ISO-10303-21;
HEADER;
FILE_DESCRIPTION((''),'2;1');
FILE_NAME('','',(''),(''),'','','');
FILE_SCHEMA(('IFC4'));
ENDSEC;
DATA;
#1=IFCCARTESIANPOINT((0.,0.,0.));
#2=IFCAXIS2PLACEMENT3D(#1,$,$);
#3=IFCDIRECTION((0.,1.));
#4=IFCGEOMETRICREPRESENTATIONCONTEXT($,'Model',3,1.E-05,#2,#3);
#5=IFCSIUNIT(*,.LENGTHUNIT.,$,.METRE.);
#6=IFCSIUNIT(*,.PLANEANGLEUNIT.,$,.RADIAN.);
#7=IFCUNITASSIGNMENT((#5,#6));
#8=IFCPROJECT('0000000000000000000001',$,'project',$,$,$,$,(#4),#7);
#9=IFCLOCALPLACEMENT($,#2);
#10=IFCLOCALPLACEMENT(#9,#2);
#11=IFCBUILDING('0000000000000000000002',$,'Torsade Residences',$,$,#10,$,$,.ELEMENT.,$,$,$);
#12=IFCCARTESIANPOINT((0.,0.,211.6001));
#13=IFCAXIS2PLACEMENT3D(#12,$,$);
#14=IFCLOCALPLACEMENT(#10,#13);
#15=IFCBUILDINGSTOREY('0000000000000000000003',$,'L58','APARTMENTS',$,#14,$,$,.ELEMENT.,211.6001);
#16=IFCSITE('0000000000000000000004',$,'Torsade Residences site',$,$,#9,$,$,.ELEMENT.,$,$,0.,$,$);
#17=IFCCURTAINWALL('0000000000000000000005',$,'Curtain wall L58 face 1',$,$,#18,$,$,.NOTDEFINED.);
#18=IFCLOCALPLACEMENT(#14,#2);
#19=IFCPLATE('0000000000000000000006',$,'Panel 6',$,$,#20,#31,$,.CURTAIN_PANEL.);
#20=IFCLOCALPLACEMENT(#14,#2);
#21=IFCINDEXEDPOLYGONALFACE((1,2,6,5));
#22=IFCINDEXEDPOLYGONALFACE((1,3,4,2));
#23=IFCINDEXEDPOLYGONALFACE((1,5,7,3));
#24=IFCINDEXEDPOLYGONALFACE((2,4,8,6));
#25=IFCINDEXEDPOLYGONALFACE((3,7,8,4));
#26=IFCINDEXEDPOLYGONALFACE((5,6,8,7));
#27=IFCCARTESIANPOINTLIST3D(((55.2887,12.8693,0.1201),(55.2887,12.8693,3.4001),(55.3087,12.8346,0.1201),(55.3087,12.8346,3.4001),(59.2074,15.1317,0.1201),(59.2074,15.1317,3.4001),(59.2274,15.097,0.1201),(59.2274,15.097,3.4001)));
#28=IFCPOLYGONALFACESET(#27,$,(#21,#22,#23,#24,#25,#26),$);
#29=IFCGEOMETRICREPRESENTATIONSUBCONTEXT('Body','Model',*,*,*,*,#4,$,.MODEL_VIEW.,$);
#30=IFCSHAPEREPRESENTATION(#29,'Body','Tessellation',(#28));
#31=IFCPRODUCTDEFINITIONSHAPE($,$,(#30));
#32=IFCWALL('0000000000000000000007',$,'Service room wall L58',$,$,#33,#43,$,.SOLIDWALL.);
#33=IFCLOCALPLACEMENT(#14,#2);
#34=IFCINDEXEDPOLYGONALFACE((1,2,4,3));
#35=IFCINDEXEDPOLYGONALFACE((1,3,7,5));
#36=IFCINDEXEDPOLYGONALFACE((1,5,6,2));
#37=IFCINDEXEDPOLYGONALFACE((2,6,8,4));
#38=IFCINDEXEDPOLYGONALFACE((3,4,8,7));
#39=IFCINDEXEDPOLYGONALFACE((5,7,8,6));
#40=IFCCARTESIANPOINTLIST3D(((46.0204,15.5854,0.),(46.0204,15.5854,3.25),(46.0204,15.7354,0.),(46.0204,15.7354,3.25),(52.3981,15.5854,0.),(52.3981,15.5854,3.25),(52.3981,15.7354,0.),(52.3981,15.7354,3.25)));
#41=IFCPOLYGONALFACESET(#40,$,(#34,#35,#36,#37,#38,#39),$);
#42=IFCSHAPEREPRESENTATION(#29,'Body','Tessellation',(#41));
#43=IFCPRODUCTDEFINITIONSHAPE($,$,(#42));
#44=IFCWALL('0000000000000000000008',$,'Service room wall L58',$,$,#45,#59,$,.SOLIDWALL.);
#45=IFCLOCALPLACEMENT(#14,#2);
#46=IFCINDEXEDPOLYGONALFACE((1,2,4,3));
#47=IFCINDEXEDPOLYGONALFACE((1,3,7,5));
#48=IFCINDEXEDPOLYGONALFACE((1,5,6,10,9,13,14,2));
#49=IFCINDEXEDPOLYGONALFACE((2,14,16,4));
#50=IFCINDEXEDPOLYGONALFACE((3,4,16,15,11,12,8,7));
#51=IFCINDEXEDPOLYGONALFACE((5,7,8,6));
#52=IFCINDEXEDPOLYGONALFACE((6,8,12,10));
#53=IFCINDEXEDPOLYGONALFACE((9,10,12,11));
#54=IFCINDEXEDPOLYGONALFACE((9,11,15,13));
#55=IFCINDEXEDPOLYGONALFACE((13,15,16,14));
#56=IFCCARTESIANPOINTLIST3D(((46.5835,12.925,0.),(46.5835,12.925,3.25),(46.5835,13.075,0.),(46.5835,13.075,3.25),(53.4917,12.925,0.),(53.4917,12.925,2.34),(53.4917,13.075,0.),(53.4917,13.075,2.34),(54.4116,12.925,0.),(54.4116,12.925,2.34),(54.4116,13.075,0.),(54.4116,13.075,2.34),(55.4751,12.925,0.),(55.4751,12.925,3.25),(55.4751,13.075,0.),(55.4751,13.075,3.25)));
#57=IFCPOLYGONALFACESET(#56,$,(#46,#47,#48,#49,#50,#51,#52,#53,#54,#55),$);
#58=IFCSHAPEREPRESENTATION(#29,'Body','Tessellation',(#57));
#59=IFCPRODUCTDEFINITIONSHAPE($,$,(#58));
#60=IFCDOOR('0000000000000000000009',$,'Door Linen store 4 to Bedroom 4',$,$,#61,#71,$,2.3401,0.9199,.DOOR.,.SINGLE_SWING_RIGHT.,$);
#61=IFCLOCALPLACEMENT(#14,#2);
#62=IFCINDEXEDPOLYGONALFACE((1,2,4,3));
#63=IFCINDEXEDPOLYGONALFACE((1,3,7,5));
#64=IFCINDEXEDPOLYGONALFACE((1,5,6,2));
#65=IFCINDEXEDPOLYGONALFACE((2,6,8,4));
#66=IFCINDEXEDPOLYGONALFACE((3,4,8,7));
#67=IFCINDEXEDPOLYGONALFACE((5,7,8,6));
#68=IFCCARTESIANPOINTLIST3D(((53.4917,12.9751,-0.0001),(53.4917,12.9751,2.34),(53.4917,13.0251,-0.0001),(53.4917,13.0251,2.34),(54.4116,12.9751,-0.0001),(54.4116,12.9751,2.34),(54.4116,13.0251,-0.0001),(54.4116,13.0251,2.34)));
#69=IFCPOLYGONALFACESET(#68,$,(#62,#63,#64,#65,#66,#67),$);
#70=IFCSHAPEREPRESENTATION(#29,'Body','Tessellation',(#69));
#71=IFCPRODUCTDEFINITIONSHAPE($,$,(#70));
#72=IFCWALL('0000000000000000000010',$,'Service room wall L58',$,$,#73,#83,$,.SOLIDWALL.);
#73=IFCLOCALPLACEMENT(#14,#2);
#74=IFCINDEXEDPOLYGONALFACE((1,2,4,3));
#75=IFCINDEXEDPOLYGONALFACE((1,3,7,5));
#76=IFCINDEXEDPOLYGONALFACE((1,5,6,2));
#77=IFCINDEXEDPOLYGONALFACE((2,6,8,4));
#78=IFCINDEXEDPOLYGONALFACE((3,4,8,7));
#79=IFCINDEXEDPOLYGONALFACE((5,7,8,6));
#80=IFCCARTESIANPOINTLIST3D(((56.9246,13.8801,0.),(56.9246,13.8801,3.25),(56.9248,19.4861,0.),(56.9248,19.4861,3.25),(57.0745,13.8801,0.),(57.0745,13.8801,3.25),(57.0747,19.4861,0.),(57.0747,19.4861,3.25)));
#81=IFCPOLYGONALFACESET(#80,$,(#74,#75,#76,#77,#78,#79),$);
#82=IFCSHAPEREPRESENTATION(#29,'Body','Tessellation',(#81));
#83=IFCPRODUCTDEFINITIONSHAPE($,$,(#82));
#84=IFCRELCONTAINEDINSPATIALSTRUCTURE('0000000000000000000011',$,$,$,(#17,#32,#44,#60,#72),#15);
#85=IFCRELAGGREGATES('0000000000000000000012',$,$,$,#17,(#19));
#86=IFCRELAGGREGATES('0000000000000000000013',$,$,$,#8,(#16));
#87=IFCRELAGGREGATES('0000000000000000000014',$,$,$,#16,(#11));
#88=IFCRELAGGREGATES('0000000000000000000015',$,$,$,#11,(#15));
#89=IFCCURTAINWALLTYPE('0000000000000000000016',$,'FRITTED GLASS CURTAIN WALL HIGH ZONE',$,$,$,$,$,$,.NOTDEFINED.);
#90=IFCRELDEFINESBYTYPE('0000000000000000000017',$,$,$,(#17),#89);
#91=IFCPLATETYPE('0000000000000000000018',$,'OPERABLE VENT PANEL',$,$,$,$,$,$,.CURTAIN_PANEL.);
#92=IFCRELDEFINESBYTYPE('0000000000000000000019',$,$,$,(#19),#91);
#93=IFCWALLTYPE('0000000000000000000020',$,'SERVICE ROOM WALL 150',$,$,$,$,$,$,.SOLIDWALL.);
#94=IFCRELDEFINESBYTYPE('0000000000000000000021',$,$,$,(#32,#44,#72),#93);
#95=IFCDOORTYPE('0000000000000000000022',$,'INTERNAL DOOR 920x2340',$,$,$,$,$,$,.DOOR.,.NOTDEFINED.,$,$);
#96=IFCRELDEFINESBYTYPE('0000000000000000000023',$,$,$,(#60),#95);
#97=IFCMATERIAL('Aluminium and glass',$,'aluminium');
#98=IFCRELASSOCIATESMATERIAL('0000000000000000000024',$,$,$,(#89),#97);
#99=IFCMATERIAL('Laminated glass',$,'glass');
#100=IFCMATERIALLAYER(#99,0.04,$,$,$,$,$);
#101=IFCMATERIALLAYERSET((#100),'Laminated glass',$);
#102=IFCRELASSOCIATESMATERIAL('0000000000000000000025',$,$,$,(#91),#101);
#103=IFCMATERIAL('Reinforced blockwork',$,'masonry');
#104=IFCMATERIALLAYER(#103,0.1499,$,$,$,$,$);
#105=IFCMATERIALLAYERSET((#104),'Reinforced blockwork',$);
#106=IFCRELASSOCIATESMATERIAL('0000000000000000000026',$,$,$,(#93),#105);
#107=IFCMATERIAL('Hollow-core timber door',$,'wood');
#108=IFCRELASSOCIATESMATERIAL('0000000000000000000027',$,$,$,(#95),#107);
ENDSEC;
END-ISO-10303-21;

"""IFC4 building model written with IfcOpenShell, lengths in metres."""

from ifc_helpers import new_model, si_unit, direction, frame, frame_2d, origin, origin_2d, place, context, subcontext, project, spatial, rectangle, extrude, material, layer, layer_set, type_object, element, fill, aggregate, save


model = new_model("IFC4")

# Units and contexts
model_context = context("Model", 3, precision=1e-05, world=origin(), true_north=direction((0.0, 1.0)))
body_context = subcontext(model_context, "Body", "Model", "MODEL_VIEW")
ifc_project = project(units=[si_unit("LENGTHUNIT", "METRE"), si_unit("PLANEANGLEUNIT", "RADIAN")], contexts=[model_context])

# Site, building, storey
site_placement = place(None, origin())
site = spatial("IfcSite", under=ifc_project, at=site_placement, Name="Torsade Residences site", CompositionType="ELEMENT", RefElevation=0.0)
building_placement = place(site_placement, origin())
building = spatial("IfcBuilding", under=site, at=building_placement, Name="Torsade Residences", CompositionType="ELEMENT")
storey_placement = place(building_placement, frame((0.0, 0.0, 211.6001)))
storey = spatial("IfcBuildingStorey", under=building, at=storey_placement, Name="L58", Description="APARTMENTS", CompositionType="ELEMENT", Elevation=211.6001)

# Curtain wall
ifc_material_1 = material(Name="Aluminium and glass", Category="aluminium")
curtain_wall_type = type_object("IfcCurtainWallType", Name="FRITTED GLASS CURTAIN WALL HIGH ZONE", PredefinedType="NOTDEFINED", material=ifc_material_1)
curtain_wall_placement = place(storey_placement, origin())
curtain_wall = element("IfcCurtainWall", 1, at=curtain_wall_placement, inside=storey, type_object=curtain_wall_type, Name="Curtain wall L58 face 1", PredefinedType="NOTDEFINED")

# Plate
ifc_material_2 = material(Name="Laminated glass", Category="glass")
ifc_layer_1 = layer(ifc_material_2, 0.04)
ifc_layer_set_1 = layer_set([ifc_layer_1], Name="Laminated glass")
plate_type_1 = type_object("IfcPlateType", Name="OPERABLE VENT PANEL", PredefinedType="CURTAIN_PANEL", material=ifc_layer_set_1)
plate_1_placement = place(storey_placement, frame((57.2581, 13.9832, 0.1201), z_axis=(0.0, 0.0, 1.0), x_axis=(0.866025, 0.5, 0.0)))
plate_1 = element("IfcPlate", 2, at=plate_1_placement, type_object=plate_type_1, Name="Panel 6", PredefinedType="CURTAIN_PANEL", context=body_context, shape_type="SweptSolid", body=[
    extrude(rectangle(XDim=4.5249, YDim=0.04, at=origin_2d()), origin(), (0.0, 0.0, 1.0), 3.28),
])
aggregate(curtain_wall, [plate_1])

# Wall
ifc_material_3 = material(Name="Reinforced blockwork", Category="masonry")
ifc_layer_2 = layer(ifc_material_3, 0.1499)
ifc_layer_set_2 = layer_set([ifc_layer_2], Name="Reinforced blockwork")
wall_type = type_object("IfcWallType", Name="SERVICE ROOM WALL 150", PredefinedType="SOLIDWALL", material=ifc_layer_set_2)
wall_1_placement = place(storey_placement, frame((52.3982, 15.6604, 0.0), z_axis=(0.0, 0.0, 1.0), x_axis=(-1.0, 0.0, 0.0)))
element("IfcWall", 3, at=wall_1_placement, inside=storey, type_object=wall_type, Name="Service room wall L58", PredefinedType="SOLIDWALL", context=body_context, shape_type="SweptSolid", body=[
    extrude(rectangle(XDim=6.3777, YDim=0.1499, at=frame_2d((3.189, 0.0))), origin(), (0.0, 0.0, 1.0), 3.25),
])

# Wall, opening, door
wall_2_placement = place(storey_placement, frame((55.4751, 13.0, 0.0), z_axis=(0.0, 0.0, 1.0), x_axis=(-1.0, 0.0, 0.0)))
wall_2 = element("IfcWall", 4, at=wall_2_placement, inside=storey, type_object=wall_type, Name="Service room wall L58", PredefinedType="SOLIDWALL", context=body_context, shape_type="SweptSolid", body=[
    extrude(rectangle(XDim=8.8916, YDim=0.1499, at=frame_2d((4.4458, 0.0))), origin(), (0.0, 0.0, 1.0), 3.25),
])
opening_placement = place(wall_2_placement, frame((1.0635, 0.0, 0.0)))
opening = element("IfcOpeningElement", 5, at=opening_placement, cuts=wall_2, PredefinedType="OPENING", context=body_context, shape_type="SweptSolid", body=[
    extrude(rectangle(XDim=0.9199, YDim=2.3401, at=frame_2d((0.46, 1.1699))), frame((0.0, 0.085, 0.0), z_axis=(0.0, -1.0, 0.0), x_axis=(1.0, 0.0, 0.0)), (0.0, 0.0, 1.0), 0.1699),
])
ifc_material_4 = material(Name="Hollow-core timber door", Category="wood")
door_type = type_object("IfcDoorType", Name="INTERNAL DOOR 920x2340", OperationType="NOTDEFINED", PredefinedType="DOOR", material=ifc_material_4)
door_placement = place(opening_placement, origin())
door = element("IfcDoor", 6, at=door_placement, inside=storey, type_object=door_type, Name="Door Linen store 4 to Bedroom 4", OperationType="SINGLE_SWING_RIGHT", OverallHeight=2.3401, OverallWidth=0.9199, PredefinedType="DOOR", context=body_context, shape_type="SweptSolid", body=[
    extrude(rectangle(XDim=0.9199, YDim=2.3401, at=frame_2d((0.46, 1.1699))), frame((0.0, 0.0249, 0.0), z_axis=(0.0, -1.0, 0.0), x_axis=(1.0, 0.0, 0.0)), (0.0, 0.0, 1.0), 0.05),
])
fill(opening, door)

# Wall
wall_3_placement = place(storey_placement, frame((56.9995, 13.8801, 0.0), z_axis=(0.0, 0.0, 1.0), x_axis=(0.000044, 1.0, 0.0)))
element("IfcWall", 7, at=wall_3_placement, inside=storey, type_object=wall_type, Name="Service room wall L58", PredefinedType="SOLIDWALL", context=body_context, shape_type="SweptSolid", body=[
    extrude(rectangle(XDim=5.606, YDim=0.1499, at=frame_2d((2.803, 0.0))), origin(), (0.0, 0.0, 1.0), 3.25),
])

save(model, "model.ifc")
